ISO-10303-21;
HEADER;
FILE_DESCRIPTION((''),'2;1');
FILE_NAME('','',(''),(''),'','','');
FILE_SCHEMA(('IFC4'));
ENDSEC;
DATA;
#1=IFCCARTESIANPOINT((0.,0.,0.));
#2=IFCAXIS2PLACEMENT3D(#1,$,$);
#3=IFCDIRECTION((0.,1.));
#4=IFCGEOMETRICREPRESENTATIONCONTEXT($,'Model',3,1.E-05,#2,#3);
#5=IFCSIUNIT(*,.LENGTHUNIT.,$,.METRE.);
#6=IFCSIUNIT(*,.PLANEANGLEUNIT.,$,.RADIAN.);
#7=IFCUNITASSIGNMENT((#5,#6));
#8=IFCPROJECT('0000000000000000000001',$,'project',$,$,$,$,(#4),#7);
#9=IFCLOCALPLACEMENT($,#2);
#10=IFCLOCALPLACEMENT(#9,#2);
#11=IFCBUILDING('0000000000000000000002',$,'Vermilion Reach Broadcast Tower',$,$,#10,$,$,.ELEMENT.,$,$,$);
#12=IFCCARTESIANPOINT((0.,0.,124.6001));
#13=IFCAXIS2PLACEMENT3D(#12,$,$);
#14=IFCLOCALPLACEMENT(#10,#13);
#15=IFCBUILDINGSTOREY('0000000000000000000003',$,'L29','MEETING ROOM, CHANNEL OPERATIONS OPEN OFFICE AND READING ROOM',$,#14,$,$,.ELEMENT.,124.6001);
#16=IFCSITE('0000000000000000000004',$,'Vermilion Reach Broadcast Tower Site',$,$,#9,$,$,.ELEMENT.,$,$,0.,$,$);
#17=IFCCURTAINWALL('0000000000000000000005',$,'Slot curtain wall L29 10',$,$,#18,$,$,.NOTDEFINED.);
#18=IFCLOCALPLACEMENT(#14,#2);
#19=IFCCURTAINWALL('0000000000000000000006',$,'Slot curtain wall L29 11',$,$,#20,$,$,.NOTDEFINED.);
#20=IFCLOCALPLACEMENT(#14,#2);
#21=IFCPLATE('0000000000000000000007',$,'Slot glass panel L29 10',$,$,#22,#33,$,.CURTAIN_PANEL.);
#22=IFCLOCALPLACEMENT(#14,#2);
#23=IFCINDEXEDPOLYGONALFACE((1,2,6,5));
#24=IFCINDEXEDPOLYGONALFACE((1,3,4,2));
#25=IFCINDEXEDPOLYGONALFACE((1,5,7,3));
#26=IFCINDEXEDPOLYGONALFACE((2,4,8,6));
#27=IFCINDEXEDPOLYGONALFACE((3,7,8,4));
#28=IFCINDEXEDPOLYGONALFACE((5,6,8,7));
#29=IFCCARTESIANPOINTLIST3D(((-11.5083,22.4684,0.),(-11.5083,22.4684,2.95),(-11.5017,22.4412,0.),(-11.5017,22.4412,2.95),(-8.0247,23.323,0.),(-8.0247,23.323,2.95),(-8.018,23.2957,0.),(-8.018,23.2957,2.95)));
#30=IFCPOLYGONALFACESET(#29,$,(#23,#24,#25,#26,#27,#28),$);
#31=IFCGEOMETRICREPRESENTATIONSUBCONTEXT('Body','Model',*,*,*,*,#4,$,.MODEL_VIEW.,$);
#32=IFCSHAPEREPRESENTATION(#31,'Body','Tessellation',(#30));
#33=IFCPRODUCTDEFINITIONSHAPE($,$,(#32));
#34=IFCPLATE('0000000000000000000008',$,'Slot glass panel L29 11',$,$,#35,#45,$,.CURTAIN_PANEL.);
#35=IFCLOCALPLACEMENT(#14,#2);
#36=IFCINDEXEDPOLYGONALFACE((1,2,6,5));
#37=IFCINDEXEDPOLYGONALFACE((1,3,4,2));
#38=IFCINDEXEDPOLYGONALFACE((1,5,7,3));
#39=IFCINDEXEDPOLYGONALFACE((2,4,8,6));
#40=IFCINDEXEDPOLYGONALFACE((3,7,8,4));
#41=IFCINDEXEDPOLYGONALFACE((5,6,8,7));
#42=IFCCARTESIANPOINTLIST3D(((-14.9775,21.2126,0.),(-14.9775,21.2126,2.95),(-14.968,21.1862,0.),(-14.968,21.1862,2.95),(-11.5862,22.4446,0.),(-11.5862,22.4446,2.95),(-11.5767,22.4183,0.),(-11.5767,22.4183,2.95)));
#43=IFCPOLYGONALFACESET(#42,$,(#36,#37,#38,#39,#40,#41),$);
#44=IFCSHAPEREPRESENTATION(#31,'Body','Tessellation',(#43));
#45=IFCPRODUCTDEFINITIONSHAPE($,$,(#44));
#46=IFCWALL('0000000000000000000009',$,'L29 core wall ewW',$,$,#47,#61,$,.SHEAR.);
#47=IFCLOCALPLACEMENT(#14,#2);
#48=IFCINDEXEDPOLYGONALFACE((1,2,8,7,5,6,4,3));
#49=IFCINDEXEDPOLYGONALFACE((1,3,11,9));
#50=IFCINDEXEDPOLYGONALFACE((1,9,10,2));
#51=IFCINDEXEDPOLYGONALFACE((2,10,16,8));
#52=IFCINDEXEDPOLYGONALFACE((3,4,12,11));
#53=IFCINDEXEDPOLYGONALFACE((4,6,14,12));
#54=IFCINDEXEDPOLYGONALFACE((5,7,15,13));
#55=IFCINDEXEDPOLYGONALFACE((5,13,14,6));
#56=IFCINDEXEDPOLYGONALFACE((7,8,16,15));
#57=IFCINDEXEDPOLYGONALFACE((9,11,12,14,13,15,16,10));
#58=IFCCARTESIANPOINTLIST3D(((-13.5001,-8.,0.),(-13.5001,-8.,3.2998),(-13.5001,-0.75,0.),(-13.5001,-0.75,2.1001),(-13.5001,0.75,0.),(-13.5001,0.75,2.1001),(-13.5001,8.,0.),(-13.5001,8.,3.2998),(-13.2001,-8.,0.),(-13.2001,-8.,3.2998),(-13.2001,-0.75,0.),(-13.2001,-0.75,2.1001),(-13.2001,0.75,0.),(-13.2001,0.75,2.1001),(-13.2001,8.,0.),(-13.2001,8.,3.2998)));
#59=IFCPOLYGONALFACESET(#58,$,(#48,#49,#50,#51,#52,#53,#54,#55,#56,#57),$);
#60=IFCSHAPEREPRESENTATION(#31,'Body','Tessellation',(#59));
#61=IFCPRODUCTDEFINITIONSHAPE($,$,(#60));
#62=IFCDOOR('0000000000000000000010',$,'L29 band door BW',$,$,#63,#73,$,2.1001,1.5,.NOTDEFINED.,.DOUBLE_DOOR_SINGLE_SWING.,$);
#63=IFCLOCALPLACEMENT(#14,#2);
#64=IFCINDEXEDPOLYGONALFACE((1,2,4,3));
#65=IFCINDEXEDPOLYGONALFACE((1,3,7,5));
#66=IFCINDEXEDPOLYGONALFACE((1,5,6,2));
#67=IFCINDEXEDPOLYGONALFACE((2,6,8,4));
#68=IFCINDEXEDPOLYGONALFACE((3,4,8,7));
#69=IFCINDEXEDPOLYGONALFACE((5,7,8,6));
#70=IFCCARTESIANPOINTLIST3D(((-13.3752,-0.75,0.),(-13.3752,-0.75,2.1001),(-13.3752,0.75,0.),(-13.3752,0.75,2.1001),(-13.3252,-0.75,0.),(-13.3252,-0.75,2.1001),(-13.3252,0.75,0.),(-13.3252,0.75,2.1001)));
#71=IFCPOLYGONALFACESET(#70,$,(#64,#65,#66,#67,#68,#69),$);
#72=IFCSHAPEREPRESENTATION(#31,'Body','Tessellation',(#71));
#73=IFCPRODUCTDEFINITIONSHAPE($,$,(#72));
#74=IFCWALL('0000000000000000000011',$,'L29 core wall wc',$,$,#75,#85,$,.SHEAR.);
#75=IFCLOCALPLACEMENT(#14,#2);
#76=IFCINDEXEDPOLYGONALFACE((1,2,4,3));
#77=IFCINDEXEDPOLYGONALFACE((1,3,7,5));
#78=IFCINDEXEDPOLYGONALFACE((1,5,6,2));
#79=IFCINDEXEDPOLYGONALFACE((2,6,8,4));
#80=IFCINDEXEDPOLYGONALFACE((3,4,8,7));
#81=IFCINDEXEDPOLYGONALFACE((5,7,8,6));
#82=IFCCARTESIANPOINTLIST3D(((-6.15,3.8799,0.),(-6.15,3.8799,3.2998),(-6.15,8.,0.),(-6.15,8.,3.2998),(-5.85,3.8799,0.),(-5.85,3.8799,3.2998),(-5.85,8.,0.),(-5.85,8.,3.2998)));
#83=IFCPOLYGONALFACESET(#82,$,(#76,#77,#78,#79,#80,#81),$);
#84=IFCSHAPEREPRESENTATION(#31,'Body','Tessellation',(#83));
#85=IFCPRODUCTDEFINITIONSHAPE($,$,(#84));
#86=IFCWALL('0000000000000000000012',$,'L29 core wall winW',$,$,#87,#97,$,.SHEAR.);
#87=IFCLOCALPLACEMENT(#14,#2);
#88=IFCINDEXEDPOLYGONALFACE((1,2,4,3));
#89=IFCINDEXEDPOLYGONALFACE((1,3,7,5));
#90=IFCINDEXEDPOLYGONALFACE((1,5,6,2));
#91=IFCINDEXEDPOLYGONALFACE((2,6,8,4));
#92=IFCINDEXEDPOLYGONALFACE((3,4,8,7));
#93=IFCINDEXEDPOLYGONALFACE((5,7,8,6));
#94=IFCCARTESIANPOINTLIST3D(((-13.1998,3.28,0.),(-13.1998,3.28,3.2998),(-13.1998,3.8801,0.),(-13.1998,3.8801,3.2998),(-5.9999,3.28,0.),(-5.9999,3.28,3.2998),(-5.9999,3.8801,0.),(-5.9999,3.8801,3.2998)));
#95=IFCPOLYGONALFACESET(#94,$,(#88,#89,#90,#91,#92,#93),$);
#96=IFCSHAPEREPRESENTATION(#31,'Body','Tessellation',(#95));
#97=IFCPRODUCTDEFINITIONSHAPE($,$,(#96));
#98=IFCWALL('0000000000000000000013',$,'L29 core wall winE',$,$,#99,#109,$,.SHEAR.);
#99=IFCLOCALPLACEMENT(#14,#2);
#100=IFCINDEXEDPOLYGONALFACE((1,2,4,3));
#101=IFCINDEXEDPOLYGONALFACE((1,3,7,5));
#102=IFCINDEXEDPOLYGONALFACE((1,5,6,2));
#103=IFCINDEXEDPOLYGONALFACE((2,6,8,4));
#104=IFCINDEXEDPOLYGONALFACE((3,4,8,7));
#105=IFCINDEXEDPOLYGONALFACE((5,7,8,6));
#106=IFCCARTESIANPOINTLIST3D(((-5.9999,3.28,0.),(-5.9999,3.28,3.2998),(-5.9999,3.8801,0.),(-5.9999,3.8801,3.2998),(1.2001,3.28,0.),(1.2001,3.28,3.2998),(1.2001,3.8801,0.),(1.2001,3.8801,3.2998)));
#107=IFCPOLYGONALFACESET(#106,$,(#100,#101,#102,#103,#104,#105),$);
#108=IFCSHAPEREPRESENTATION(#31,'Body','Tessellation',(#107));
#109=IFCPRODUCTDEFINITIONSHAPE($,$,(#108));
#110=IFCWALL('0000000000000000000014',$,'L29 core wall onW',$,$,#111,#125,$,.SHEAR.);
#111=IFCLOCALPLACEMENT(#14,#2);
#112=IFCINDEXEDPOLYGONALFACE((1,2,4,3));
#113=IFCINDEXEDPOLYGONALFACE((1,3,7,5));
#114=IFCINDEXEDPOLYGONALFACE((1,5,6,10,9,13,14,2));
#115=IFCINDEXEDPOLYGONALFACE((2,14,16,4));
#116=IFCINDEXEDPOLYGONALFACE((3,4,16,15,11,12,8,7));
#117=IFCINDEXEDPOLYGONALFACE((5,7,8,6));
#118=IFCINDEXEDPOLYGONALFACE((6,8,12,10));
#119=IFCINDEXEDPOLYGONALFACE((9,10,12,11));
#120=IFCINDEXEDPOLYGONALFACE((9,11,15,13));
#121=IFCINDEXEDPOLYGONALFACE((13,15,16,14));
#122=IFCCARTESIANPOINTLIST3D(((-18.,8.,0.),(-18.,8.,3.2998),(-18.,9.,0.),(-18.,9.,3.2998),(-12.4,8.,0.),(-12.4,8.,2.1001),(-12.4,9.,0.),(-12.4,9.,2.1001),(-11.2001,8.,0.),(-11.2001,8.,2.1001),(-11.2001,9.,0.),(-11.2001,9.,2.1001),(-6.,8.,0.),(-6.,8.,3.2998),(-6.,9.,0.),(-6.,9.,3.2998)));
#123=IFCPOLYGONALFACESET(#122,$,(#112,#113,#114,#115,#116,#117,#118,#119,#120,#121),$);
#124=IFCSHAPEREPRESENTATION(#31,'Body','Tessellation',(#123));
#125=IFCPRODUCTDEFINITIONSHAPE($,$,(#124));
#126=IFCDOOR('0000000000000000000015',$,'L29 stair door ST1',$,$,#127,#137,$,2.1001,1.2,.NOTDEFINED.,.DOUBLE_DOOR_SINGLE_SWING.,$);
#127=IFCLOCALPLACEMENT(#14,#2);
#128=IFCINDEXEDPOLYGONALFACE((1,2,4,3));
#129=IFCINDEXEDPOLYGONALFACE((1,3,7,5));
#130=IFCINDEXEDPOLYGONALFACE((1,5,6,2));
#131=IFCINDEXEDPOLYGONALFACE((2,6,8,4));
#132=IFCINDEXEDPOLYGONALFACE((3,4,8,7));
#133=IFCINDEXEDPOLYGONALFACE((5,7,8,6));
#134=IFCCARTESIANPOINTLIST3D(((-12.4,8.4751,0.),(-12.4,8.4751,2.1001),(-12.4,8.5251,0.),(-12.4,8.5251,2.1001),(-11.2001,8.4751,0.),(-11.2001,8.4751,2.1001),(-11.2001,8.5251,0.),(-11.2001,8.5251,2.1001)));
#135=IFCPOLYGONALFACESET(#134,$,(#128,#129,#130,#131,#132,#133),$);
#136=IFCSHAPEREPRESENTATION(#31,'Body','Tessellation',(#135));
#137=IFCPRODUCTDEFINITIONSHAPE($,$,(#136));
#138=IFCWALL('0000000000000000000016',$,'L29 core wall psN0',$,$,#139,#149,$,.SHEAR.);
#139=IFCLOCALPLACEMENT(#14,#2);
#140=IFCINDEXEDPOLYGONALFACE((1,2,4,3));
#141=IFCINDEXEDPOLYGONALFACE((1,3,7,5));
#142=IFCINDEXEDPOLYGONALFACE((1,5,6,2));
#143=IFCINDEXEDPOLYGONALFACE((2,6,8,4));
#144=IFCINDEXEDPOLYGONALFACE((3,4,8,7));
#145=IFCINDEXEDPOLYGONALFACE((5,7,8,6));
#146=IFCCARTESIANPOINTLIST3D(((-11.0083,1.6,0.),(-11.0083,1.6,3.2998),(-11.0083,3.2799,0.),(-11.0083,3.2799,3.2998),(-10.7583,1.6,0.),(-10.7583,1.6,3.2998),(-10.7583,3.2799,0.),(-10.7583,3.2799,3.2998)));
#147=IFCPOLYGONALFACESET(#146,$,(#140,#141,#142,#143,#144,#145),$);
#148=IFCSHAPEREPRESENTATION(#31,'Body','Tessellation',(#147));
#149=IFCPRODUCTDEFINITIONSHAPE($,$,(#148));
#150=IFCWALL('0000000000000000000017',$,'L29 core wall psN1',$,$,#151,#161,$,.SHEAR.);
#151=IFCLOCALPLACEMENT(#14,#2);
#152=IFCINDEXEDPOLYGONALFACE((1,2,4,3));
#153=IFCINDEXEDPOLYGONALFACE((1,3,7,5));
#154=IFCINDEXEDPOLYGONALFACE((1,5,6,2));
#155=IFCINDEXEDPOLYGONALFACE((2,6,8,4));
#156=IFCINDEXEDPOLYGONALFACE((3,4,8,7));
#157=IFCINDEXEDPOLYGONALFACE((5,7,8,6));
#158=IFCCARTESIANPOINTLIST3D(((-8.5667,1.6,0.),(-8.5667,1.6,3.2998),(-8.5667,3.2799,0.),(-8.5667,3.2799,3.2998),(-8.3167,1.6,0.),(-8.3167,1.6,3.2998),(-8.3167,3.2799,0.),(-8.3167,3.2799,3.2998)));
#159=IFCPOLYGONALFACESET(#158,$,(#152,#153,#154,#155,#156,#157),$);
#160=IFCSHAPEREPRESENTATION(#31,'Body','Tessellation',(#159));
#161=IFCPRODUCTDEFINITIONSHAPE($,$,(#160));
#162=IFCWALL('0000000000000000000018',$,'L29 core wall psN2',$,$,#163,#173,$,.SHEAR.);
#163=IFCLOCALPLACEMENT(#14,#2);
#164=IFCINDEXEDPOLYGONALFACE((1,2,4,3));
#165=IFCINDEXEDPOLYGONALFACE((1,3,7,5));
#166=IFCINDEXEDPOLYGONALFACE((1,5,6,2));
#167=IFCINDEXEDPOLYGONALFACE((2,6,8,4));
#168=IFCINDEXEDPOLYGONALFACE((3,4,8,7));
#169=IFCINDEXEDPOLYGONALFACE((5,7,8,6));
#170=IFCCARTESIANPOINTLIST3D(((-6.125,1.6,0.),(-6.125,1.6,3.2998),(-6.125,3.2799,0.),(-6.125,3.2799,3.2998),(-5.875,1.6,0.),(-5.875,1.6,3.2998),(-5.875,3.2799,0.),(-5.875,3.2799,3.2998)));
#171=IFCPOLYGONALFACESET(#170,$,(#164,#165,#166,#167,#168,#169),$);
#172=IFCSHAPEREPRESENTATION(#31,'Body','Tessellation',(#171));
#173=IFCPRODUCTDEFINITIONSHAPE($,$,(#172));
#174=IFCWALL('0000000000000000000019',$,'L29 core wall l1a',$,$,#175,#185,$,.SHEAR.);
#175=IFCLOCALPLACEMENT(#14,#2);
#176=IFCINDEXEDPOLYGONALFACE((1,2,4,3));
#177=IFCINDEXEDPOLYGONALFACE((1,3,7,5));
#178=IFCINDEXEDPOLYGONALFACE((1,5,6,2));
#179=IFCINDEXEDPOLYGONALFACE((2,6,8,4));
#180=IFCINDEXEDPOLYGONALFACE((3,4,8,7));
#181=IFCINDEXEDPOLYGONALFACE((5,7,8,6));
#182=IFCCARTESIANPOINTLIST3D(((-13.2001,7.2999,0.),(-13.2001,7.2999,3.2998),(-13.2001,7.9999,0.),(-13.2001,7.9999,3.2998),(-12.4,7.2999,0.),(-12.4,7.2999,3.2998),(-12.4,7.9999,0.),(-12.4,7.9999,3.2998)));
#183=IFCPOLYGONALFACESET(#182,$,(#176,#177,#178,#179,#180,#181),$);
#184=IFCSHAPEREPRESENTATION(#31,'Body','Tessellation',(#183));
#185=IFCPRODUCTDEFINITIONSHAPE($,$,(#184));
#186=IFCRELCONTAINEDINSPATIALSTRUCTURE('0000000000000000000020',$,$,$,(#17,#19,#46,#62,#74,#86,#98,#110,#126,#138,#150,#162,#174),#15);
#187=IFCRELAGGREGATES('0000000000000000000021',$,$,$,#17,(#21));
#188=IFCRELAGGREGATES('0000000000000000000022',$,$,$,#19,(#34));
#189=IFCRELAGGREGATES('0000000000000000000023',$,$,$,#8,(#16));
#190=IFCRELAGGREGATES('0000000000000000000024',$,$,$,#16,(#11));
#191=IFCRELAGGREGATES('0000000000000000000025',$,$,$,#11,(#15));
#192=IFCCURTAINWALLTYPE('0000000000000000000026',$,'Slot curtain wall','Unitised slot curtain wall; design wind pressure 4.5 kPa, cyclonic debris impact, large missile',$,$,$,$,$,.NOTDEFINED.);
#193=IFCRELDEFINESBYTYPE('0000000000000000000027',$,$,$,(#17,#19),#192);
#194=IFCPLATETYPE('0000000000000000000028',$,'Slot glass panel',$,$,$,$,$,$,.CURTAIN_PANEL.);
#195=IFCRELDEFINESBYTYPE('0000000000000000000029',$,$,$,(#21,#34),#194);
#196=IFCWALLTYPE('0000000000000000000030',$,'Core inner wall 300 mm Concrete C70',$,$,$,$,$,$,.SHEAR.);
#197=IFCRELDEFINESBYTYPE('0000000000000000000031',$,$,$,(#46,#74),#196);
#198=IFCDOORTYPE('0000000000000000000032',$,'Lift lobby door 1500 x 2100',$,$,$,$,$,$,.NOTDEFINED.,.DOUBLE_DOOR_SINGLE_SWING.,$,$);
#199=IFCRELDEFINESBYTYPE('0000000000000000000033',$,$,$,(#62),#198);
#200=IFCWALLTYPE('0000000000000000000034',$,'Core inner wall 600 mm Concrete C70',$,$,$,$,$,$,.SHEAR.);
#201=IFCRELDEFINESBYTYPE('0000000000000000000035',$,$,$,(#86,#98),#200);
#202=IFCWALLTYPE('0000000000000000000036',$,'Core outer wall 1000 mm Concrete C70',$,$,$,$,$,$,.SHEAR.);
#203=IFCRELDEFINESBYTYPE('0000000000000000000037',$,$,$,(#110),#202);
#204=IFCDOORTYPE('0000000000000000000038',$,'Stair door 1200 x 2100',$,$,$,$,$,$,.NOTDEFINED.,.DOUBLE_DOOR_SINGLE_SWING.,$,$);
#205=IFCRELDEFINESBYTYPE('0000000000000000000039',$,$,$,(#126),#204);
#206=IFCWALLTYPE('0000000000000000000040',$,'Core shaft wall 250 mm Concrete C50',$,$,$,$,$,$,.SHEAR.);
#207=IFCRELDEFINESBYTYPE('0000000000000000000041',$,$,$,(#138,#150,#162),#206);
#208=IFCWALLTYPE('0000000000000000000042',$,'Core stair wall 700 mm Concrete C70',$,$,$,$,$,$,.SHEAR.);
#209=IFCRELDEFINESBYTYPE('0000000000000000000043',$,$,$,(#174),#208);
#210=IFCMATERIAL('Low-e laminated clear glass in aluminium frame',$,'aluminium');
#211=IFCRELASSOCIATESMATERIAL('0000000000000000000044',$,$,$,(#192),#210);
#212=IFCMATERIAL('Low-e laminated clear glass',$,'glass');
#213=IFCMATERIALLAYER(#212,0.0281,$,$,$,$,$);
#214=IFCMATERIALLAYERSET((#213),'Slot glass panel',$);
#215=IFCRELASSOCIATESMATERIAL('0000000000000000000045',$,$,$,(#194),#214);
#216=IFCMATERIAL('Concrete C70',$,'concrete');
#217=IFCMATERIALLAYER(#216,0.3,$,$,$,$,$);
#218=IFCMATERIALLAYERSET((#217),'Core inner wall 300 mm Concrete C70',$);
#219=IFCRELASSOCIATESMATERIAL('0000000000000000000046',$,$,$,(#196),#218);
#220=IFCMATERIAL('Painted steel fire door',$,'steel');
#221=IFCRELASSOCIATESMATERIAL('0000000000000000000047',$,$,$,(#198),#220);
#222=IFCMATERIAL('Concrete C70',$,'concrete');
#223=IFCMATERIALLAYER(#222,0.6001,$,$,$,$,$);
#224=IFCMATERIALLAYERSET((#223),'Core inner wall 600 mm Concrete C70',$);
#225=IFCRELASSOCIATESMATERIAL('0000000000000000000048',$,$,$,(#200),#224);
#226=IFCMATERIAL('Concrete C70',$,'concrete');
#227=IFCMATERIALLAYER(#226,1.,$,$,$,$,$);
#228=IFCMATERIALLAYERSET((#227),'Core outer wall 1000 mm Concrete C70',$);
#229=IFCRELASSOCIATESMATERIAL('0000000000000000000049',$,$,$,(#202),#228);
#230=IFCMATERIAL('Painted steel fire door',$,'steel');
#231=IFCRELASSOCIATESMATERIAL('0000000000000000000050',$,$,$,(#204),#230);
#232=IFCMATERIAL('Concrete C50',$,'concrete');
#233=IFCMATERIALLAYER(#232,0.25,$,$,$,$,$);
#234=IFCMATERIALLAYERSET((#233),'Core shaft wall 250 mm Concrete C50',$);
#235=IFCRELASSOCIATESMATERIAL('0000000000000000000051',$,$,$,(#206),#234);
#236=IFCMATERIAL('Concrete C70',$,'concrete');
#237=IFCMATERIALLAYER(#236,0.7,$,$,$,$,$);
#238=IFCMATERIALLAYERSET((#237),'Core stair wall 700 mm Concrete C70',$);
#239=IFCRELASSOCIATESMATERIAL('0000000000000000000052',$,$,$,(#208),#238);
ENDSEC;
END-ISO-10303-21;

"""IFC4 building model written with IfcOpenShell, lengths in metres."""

from ifc_helpers import new_model, si_unit, direction, frame, frame_2d, origin, origin_2d, place, context, subcontext, project, spatial, rectangle, extrude, material, layer, layer_set, type_object, element, fill, aggregate, save


model = new_model("IFC4")

# Units and contexts
model_context = context("Model", 3, precision=1e-05, world=origin(), true_north=direction((0.0, 1.0)))
body_context = subcontext(model_context, "Body", "Model", "MODEL_VIEW")
ifc_project = project(units=[si_unit("LENGTHUNIT", "METRE"), si_unit("PLANEANGLEUNIT", "RADIAN")], contexts=[model_context])

# Site, building, storey
site_placement = place(None, origin())
site = spatial("IfcSite", under=ifc_project, at=site_placement, Name="Vermilion Reach Broadcast Tower Site", CompositionType="ELEMENT", RefElevation=0.0)
building_placement = place(site_placement, origin())
building = spatial("IfcBuilding", under=site, at=building_placement, Name="Vermilion Reach Broadcast Tower", CompositionType="ELEMENT")
storey_placement = place(building_placement, frame((0.0, 0.0, 124.6001)))
storey = spatial("IfcBuildingStorey", under=building, at=storey_placement, Name="L29", Description="MEETING ROOM, CHANNEL OPERATIONS OPEN OFFICE AND READING ROOM", CompositionType="ELEMENT", Elevation=124.6001)

# Curtain walls
ifc_material_1 = material(Name="Low-e laminated clear glass in aluminium frame", Category="aluminium")
curtain_wall_type = type_object("IfcCurtainWallType", Name="Slot curtain wall", Description="Unitised slot curtain wall; design wind pressure 4.5 kPa, cyclonic debris impact, large missile", PredefinedType="NOTDEFINED", material=ifc_material_1)
placement = place(storey_placement, origin())
curtain_wall_1 = element("IfcCurtainWall", 1, at=placement, inside=storey, type_object=curtain_wall_type, Name="Slot curtain wall L29 10", PredefinedType="NOTDEFINED")
curtain_wall_2 = element("IfcCurtainWall", 2, at=placement, inside=storey, type_object=curtain_wall_type, Name="Slot curtain wall L29 11", PredefinedType="NOTDEFINED")

# Plates
ifc_material_2 = material(Name="Low-e laminated clear glass", Category="glass")
ifc_layer_1 = layer(ifc_material_2, 0.0281)
ifc_layer_set_1 = layer_set([ifc_layer_1], Name="Slot glass panel")
plate_type = type_object("IfcPlateType", Name="Slot glass panel", PredefinedType="CURTAIN_PANEL", material=ifc_layer_set_1)
plate_1_placement = place(storey_placement, frame((-9.7632, 22.8821, 0.0), z_axis=(0.0, 0.0, 1.0), x_axis=(-0.971207, -0.238236, 0.0)))
plate_1 = element("IfcPlate", 3, at=plate_1_placement, type_object=plate_type, Name="Slot glass panel L29 10", PredefinedType="CURTAIN_PANEL", context=body_context, shape_type="SweptSolid", body=[
    extrude(rectangle(XDim=3.5869, YDim=0.0281, at=origin_2d()), origin(), (0.0, 0.0, 1.0), 2.95),
])
aggregate(curtain_wall_1, [plate_1])
plate_2_placement = place(storey_placement, frame((-13.2771, 21.8154, 0.0), z_axis=(0.0, 0.0, 1.0), x_axis=(-0.939897, -0.341457, 0.0)))
plate_2 = element("IfcPlate", 4, at=plate_2_placement, type_object=plate_type, Name="Slot glass panel L29 11", PredefinedType="CURTAIN_PANEL", context=body_context, shape_type="SweptSolid", body=[
    extrude(rectangle(XDim=3.6082, YDim=0.0281, at=origin_2d()), origin(), (0.0, 0.0, 1.0), 2.95),
])
aggregate(curtain_wall_2, [plate_2])

# Wall, opening, door
ifc_material_3 = material(Name="Concrete C70", Category="concrete")
ifc_layer_2 = layer(ifc_material_3, 0.3)
ifc_layer_set_2 = layer_set([ifc_layer_2], Name="Core inner wall 300 mm Concrete C70")
wall_type_1 = type_object("IfcWallType", Name="Core inner wall 300 mm Concrete C70", PredefinedType="SHEAR", material=ifc_layer_set_2)
wall_1_placement = place(storey_placement, frame((-13.3501, 8.0, 0.0), z_axis=(0.0, 0.0, 1.0), x_axis=(0.0, -1.0, 0.0)))
wall_1 = element("IfcWall", 5, at=wall_1_placement, inside=storey, type_object=wall_type_1, Name="L29 core wall ewW", PredefinedType="SHEAR", context=body_context, shape_type="SweptSolid", body=[
    extrude(rectangle(XDim=16.0, YDim=0.3, at=frame_2d((8.0, 0.0))), origin(), (0.0, 0.0, 1.0), 3.2998),
])
opening_1_placement = place(wall_1_placement, frame((7.25, 0.0, 0.0)))
opening_1 = element("IfcOpeningElement", 6, at=opening_1_placement, cuts=wall_1, PredefinedType="OPENING", context=body_context, shape_type="SweptSolid", body=[
    extrude(rectangle(XDim=1.5, YDim=2.1001, at=frame_2d((0.75, 1.05))), frame((0.0, 0.1599, 0.0), z_axis=(0.0, -1.0, 0.0), x_axis=(1.0, 0.0, 0.0)), (0.0, 0.0, 1.0), 0.3201),
])
ifc_material_4 = material(Name="Painted steel fire door", Category="steel")
door_type_1 = type_object("IfcDoorType", Name="Lift lobby door 1500 x 2100", OperationType="DOUBLE_DOOR_SINGLE_SWING", PredefinedType="NOTDEFINED", material=ifc_material_4)
door_1_placement = place(opening_1_placement, origin())
door_1 = element("IfcDoor", 7, at=door_1_placement, inside=storey, type_object=door_type_1, Name="L29 band door BW", OperationType="DOUBLE_DOOR_SINGLE_SWING", OverallHeight=2.1001, OverallWidth=1.5, PredefinedType="NOTDEFINED", context=body_context, shape_type="SweptSolid", body=[
    extrude(rectangle(XDim=1.5, YDim=2.1001, at=frame_2d((0.75, 1.05))), frame((0.0, 0.0249, 0.0), z_axis=(0.0, -1.0, 0.0), x_axis=(1.0, 0.0, 0.0)), (0.0, 0.0, 1.0), 0.05),
])
fill(opening_1, door_1)

# Walls
wall_2_placement = place(storey_placement, frame((-6.0, 3.8799, 0.0), z_axis=(0.0, 0.0, 1.0), x_axis=(0.0, 1.0, 0.0)))
element("IfcWall", 8, at=wall_2_placement, inside=storey, type_object=wall_type_1, Name="L29 core wall wc", PredefinedType="SHEAR", context=body_context, shape_type="SweptSolid", body=[
    extrude(rectangle(XDim=4.1201, YDim=0.3, at=frame_2d((2.0601, 0.0))), origin(), (0.0, 0.0, 1.0), 3.2998),
])
ifc_material_5 = material(Name="Concrete C70", Category="concrete")
ifc_layer_3 = layer(ifc_material_5, 0.6001)
ifc_layer_set_3 = layer_set([ifc_layer_3], Name="Core inner wall 600 mm Concrete C70")
wall_type_2 = type_object("IfcWallType", Name="Core inner wall 600 mm Concrete C70", PredefinedType="SHEAR", material=ifc_layer_set_3)
for number, where, z_axis, x_axis, name in (
    (9, (-13.2, 3.5801, 0.0), (0.0, 0.0, 1.0), (1.0, 0.0, 0.0), "L29 core wall winW"),
    (10, (-6.0, 3.5801, 0.0), (0.0, 0.0, 1.0), (1.0, 0.0, 0.0), "L29 core wall winE"),
):
    element("IfcWall", number, at=place(storey_placement, frame(where, z_axis=z_axis, x_axis=x_axis)), inside=storey, type_object=wall_type_2, Name=name, PredefinedType="SHEAR", context=body_context, shape_type="SweptSolid", body=[
        extrude(rectangle(XDim=7.2, YDim=0.6001, at=frame_2d((3.6001, 0.0))), origin(), (0.0, 0.0, 1.0), 3.2998),
    ])

# Wall, opening, door
ifc_material_6 = material(Name="Concrete C70", Category="concrete")
ifc_layer_4 = layer(ifc_material_6, 1.0)
ifc_layer_set_4 = layer_set([ifc_layer_4], Name="Core outer wall 1000 mm Concrete C70")
wall_type_3 = type_object("IfcWallType", Name="Core outer wall 1000 mm Concrete C70", PredefinedType="SHEAR", material=ifc_layer_set_4)
wall_3_placement = place(storey_placement, frame((-6.0, 8.5, 0.0), z_axis=(0.0, 0.0, 1.0), x_axis=(-1.0, 0.0, 0.0)))
wall_3 = element("IfcWall", 11, at=wall_3_placement, inside=storey, type_object=wall_type_3, Name="L29 core wall onW", PredefinedType="SHEAR", context=body_context, shape_type="SweptSolid", body=[
    extrude(rectangle(XDim=12.0, YDim=1.0, at=frame_2d((6.0, 0.0))), origin(), (0.0, 0.0, 1.0), 3.2998),
])
opening_2_placement = place(wall_3_placement, frame((5.2, 0.0, 0.0)))
opening_2 = element("IfcOpeningElement", 12, at=opening_2_placement, cuts=wall_3, PredefinedType="OPENING", context=body_context, shape_type="SweptSolid", body=[
    extrude(rectangle(XDim=1.2, YDim=2.1001, at=frame_2d((0.6001, 1.05))), frame((0.0, 0.51, 0.0), z_axis=(0.0, -1.0, 0.0), x_axis=(1.0, 0.0, 0.0)), (0.0, 0.0, 1.0), 1.02),
])
ifc_material_7 = material(Name="Painted steel fire door", Category="steel")
door_type_2 = type_object("IfcDoorType", Name="Stair door 1200 x 2100", OperationType="DOUBLE_DOOR_SINGLE_SWING", PredefinedType="NOTDEFINED", material=ifc_material_7)
door_2_placement = place(opening_2_placement, origin())
door_2 = element("IfcDoor", 13, at=door_2_placement, inside=storey, type_object=door_type_2, Name="L29 stair door ST1", OperationType="DOUBLE_DOOR_SINGLE_SWING", OverallHeight=2.1001, OverallWidth=1.2, PredefinedType="NOTDEFINED", context=body_context, shape_type="SweptSolid", body=[
    extrude(rectangle(XDim=1.2, YDim=2.1001, at=frame_2d((0.6001, 1.05))), frame((0.0, 0.0249, 0.0), z_axis=(0.0, -1.0, 0.0), x_axis=(1.0, 0.0, 0.0)), (0.0, 0.0, 1.0), 0.05),
])
fill(opening_2, door_2)

# Walls
ifc_material_8 = material(Name="Concrete C50", Category="concrete")
ifc_layer_5 = layer(ifc_material_8, 0.25)
ifc_layer_set_5 = layer_set([ifc_layer_5], Name="Core shaft wall 250 mm Concrete C50")
wall_type_4 = type_object("IfcWallType", Name="Core shaft wall 250 mm Concrete C50", PredefinedType="SHEAR", material=ifc_layer_set_5)
for number, where, z_axis, x_axis, name in (
    (14, (-10.8833, 1.6001, 0.0), (0.0, 0.0, 1.0), (0.0, 1.0, 0.0), "L29 core wall psN0"),
    (15, (-8.4417, 1.6001, 0.0), (0.0, 0.0, 1.0), (0.0, 1.0, 0.0), "L29 core wall psN1"),
    (16, (-6.0, 1.6001, 0.0), (0.0, 0.0, 1.0), (0.0, 1.0, 0.0), "L29 core wall psN2"),
):
    element("IfcWall", number, at=place(storey_placement, frame(where, z_axis=z_axis, x_axis=x_axis)), inside=storey, type_object=wall_type_4, Name=name, PredefinedType="SHEAR", context=body_context, shape_type="SweptSolid", body=[
        extrude(rectangle(XDim=1.6799, YDim=0.25, at=frame_2d((0.8398, 0.0))), origin(), (0.0, 0.0, 1.0), 3.2998),
    ])
ifc_material_9 = material(Name="Concrete C70", Category="concrete")
ifc_layer_6 = layer(ifc_material_9, 0.7)
ifc_layer_set_6 = layer_set([ifc_layer_6], Name="Core stair wall 700 mm Concrete C70")
wall_type_5 = type_object("IfcWallType", Name="Core stair wall 700 mm Concrete C70", PredefinedType="SHEAR", material=ifc_layer_set_6)
wall_4_placement = place(storey_placement, frame((-13.2, 7.6499, 0.0), z_axis=(0.0, 0.0, 1.0), x_axis=(1.0, 0.0, 0.0)))
element("IfcWall", 17, at=wall_4_placement, inside=storey, type_object=wall_type_5, Name="L29 core wall l1a", PredefinedType="SHEAR", context=body_context, shape_type="SweptSolid", body=[
    extrude(rectangle(XDim=0.8, YDim=0.7, at=frame_2d((0.3999, 0.0))), origin(), (0.0, 0.0, 1.0), 3.2998),
])

save(model, "model.ifc")
